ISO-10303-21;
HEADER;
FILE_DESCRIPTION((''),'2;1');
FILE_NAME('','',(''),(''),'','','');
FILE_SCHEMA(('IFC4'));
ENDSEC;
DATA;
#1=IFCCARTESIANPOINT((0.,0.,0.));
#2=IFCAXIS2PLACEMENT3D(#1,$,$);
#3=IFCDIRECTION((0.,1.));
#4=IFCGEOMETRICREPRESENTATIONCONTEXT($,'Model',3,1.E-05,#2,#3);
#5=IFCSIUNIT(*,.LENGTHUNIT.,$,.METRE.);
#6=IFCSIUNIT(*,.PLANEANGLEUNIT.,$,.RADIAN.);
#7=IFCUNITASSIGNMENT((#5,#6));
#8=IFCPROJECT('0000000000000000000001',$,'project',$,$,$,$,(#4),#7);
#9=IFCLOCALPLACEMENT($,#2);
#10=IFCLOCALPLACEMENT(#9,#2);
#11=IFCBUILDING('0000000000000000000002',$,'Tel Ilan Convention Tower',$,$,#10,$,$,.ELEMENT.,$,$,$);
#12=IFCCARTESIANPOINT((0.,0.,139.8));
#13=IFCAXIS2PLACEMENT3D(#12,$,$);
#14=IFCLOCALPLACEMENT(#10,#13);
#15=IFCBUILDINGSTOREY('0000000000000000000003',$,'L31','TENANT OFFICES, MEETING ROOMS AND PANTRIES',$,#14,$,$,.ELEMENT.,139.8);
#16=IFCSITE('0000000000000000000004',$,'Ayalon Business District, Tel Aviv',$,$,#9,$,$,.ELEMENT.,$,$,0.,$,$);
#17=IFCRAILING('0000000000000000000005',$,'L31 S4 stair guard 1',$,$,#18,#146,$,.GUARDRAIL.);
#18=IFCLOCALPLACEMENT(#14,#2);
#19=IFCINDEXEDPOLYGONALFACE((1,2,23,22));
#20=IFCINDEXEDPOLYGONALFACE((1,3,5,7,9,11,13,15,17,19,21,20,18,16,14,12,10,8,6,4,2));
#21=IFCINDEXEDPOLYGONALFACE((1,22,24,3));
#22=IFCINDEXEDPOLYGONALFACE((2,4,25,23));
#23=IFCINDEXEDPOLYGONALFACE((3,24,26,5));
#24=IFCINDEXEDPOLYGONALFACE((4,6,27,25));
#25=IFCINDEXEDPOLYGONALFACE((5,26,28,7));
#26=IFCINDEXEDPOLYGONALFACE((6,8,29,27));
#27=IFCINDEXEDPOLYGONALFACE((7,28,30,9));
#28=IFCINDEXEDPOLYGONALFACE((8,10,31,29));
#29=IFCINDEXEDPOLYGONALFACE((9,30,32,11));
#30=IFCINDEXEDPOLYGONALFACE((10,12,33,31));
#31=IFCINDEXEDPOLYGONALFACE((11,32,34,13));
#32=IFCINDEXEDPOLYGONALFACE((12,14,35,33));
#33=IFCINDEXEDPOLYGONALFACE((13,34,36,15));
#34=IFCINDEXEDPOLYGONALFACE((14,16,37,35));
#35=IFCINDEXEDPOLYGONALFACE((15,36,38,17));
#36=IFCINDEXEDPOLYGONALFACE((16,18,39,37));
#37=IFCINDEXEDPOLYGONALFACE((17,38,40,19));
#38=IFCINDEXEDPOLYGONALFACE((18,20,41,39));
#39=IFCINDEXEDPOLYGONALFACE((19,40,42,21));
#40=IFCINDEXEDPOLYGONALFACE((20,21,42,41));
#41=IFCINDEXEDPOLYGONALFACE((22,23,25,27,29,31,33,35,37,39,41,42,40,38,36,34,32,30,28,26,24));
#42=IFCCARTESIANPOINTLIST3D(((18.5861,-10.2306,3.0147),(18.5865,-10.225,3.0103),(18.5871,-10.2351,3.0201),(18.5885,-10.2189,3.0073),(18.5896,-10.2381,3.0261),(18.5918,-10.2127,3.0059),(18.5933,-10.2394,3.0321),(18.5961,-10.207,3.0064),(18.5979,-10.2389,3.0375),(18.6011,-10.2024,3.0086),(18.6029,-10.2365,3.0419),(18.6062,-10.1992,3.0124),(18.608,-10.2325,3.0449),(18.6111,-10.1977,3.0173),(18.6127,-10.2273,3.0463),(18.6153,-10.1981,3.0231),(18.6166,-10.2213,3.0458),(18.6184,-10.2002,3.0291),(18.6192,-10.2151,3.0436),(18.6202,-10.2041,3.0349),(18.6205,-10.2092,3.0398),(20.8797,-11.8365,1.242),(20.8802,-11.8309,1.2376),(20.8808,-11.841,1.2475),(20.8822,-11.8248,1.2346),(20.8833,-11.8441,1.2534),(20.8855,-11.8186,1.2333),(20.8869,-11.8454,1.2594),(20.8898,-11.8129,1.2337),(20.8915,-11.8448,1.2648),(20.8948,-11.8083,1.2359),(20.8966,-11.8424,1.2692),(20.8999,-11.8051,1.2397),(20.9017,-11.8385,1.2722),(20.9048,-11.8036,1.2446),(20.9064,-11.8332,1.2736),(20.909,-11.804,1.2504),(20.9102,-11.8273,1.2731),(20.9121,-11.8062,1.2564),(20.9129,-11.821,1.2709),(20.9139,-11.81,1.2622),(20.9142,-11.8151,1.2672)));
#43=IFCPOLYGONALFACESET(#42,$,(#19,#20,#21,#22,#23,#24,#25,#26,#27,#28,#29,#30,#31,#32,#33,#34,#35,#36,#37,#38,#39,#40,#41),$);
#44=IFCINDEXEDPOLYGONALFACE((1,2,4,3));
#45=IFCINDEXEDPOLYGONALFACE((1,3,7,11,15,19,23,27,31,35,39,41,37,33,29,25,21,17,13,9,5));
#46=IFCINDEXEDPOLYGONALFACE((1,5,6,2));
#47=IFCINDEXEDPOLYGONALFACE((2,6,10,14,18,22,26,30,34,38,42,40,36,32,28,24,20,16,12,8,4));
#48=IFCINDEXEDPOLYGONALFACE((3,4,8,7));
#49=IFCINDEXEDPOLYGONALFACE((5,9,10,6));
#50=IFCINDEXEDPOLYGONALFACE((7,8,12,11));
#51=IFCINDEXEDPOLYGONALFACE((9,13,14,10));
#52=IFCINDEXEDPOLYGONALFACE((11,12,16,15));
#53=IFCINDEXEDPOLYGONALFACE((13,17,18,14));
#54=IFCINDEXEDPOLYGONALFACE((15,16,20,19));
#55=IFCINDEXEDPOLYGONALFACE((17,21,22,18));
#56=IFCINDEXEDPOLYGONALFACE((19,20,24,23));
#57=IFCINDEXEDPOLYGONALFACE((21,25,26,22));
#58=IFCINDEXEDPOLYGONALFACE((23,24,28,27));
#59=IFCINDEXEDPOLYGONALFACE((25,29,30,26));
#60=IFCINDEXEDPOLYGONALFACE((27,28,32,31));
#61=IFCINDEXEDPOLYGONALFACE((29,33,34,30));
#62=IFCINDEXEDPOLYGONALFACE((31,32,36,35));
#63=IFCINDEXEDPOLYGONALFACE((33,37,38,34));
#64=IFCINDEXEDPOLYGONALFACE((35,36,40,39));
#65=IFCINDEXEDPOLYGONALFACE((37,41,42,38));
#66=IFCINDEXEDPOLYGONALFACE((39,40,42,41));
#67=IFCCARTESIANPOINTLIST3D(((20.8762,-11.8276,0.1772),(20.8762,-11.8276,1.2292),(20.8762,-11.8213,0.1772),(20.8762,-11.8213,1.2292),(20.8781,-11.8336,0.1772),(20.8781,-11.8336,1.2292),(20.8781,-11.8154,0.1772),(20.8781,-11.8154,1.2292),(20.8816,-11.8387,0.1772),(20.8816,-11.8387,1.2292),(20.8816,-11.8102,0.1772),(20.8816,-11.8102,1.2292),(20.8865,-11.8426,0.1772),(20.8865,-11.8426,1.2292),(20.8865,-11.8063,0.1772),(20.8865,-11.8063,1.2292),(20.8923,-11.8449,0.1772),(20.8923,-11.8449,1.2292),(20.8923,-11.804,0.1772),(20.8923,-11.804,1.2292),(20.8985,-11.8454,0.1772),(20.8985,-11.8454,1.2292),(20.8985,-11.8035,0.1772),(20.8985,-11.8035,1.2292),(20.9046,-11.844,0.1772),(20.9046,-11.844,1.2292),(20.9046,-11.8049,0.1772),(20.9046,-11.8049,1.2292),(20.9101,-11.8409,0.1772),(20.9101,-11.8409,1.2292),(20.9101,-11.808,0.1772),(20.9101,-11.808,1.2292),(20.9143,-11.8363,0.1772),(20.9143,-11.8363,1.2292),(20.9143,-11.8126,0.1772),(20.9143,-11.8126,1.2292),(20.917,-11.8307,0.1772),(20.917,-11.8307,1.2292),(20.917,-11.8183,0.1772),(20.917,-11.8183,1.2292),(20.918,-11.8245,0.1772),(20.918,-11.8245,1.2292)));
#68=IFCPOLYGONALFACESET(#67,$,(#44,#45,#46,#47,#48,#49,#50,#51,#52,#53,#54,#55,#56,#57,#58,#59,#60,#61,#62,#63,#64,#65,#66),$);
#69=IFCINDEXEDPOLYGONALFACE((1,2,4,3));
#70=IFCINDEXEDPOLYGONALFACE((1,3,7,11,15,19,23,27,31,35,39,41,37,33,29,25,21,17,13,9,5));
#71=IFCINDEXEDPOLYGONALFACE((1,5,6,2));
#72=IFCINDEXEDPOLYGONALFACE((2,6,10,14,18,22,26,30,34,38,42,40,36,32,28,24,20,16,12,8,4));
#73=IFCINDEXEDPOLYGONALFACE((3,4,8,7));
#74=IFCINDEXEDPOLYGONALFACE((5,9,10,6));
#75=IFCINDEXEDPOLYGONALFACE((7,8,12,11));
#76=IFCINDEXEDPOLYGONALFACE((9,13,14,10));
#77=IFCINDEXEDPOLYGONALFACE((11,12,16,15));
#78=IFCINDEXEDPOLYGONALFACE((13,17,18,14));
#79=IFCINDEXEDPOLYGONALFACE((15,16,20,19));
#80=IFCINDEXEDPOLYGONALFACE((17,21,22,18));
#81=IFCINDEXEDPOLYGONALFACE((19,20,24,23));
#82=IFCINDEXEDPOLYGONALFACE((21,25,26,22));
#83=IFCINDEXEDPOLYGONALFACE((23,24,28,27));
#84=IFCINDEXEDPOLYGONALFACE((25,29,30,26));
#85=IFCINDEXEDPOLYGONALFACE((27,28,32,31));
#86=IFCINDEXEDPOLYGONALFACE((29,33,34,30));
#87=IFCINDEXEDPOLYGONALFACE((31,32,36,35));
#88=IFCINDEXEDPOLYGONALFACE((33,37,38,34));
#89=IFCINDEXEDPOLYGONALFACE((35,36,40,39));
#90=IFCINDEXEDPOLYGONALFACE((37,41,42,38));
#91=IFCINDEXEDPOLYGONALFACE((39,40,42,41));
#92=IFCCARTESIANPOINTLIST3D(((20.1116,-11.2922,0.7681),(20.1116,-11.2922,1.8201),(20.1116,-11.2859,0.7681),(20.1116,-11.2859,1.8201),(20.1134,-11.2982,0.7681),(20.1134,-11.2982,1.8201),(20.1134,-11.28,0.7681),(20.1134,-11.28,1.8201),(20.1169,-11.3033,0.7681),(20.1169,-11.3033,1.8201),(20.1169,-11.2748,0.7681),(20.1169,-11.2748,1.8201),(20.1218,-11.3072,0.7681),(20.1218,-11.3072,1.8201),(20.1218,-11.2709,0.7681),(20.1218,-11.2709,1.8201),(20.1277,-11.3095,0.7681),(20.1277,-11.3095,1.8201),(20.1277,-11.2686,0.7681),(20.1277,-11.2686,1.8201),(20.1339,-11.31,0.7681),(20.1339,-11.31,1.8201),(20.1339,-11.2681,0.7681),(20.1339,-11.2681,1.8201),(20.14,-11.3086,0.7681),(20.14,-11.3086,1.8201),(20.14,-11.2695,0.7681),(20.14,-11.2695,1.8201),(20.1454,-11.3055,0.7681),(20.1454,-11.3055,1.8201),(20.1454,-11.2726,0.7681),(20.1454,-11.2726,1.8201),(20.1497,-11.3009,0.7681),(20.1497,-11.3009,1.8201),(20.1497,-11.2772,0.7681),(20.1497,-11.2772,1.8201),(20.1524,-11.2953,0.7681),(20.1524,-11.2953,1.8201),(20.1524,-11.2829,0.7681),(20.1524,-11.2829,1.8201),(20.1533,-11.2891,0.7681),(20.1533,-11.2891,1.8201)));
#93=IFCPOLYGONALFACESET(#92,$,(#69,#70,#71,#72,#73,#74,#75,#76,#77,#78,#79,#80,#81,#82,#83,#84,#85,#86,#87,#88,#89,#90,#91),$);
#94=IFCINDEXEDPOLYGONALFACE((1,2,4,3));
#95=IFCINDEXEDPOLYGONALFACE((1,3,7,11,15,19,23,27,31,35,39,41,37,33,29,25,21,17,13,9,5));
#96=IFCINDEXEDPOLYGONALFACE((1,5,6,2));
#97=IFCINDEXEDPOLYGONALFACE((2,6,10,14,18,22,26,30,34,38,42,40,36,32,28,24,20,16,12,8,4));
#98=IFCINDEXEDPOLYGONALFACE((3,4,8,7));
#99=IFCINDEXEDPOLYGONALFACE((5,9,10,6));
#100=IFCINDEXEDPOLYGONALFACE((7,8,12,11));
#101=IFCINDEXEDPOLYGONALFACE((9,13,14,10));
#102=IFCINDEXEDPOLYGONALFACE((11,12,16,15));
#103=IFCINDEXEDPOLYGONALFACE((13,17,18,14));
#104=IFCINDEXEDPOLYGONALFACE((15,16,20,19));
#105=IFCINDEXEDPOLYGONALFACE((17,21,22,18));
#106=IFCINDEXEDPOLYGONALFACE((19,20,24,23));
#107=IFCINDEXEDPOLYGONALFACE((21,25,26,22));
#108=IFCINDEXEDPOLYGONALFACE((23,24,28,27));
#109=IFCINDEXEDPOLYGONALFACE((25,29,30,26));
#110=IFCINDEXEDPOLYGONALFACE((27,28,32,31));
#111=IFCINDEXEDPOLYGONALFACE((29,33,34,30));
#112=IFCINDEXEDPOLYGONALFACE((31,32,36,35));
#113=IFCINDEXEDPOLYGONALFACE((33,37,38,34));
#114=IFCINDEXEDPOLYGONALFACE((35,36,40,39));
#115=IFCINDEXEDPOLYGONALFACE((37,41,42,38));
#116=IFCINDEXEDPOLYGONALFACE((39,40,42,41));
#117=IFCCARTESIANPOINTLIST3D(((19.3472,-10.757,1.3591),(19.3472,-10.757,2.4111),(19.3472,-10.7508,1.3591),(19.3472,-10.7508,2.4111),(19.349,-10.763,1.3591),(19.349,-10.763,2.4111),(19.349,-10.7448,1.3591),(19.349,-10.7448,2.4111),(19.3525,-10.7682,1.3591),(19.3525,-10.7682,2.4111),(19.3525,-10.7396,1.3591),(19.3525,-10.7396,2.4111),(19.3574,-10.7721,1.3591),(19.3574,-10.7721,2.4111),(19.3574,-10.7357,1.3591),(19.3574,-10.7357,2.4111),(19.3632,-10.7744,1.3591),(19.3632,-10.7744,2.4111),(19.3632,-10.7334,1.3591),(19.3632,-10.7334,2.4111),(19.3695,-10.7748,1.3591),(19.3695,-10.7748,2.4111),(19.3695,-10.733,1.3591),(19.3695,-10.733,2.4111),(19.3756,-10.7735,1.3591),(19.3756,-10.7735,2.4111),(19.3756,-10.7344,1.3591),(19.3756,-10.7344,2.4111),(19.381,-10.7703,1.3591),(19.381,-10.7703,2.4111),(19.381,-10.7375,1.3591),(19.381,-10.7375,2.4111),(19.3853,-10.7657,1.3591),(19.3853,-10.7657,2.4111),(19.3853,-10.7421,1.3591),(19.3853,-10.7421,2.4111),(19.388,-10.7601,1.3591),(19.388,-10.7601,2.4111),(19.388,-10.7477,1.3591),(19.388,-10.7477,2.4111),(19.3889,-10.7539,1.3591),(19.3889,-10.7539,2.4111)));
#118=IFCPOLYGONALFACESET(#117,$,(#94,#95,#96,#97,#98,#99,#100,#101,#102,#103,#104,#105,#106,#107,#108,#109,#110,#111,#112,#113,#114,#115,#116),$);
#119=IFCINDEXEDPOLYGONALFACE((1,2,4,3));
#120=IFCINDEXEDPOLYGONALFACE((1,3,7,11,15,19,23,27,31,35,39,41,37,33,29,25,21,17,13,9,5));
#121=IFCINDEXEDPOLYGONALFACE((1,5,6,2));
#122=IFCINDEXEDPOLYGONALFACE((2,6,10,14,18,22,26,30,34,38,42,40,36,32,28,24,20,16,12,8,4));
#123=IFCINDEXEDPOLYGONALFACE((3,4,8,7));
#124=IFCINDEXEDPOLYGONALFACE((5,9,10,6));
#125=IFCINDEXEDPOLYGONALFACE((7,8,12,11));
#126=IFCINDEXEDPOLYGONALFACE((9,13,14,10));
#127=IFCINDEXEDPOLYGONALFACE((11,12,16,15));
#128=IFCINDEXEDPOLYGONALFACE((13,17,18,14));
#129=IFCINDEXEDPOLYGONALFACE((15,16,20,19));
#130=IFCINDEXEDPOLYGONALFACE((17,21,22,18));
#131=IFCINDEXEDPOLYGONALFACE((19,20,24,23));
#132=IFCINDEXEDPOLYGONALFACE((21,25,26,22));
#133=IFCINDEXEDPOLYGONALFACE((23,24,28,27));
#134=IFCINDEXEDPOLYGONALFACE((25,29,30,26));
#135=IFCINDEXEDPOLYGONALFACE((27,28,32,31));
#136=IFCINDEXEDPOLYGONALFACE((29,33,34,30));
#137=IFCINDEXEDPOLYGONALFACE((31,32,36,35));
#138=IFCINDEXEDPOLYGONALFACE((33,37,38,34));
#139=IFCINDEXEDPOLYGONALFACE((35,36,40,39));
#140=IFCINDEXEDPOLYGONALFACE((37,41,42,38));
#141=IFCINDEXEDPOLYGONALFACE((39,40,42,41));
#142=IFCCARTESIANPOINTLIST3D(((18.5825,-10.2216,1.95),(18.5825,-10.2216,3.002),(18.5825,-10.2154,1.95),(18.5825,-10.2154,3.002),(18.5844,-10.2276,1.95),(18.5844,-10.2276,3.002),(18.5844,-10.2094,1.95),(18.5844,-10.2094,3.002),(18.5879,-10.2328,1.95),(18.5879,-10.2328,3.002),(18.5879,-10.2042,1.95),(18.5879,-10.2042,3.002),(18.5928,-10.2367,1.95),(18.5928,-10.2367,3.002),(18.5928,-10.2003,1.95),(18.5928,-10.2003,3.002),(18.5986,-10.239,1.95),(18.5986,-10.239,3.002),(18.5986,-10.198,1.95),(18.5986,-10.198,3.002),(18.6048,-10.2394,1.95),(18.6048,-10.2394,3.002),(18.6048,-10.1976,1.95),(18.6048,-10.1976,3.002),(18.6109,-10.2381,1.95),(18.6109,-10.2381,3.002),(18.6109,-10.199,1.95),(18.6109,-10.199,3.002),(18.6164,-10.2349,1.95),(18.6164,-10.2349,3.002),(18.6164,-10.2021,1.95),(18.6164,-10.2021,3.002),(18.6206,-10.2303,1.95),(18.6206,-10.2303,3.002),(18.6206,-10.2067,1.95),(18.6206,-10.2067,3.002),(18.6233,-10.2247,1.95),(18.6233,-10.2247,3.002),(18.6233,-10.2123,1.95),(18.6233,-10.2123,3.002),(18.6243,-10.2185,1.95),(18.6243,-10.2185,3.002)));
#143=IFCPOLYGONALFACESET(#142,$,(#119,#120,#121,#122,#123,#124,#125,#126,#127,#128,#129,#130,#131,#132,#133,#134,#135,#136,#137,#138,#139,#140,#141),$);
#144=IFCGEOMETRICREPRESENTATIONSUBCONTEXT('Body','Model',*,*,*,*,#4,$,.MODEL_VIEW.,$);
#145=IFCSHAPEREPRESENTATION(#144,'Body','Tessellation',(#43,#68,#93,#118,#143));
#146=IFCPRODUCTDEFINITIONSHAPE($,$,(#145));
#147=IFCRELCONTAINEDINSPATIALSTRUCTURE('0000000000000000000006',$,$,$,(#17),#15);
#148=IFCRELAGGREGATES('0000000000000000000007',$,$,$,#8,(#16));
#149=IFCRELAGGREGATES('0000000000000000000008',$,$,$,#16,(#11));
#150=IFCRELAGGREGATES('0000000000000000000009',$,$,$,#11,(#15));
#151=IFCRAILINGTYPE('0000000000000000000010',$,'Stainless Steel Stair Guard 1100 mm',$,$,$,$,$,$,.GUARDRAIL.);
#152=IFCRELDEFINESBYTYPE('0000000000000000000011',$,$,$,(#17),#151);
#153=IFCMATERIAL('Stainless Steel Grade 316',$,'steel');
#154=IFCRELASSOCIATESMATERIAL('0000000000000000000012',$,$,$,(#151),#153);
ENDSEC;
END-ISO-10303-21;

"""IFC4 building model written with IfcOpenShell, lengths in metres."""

from ifc_helpers import new_model, si_unit, direction, frame, origin, origin_2d, place, context, subcontext, project, spatial, circle, extrude, material, type_object, element, save


model = new_model("IFC4")

# Units and contexts
model_context = context("Model", 3, precision=1e-05, world=origin(), true_north=direction((0.0, 1.0)))
body_context = subcontext(model_context, "Body", "Model", "MODEL_VIEW")
ifc_project = project(units=[si_unit("LENGTHUNIT", "METRE"), si_unit("PLANEANGLEUNIT", "RADIAN")], contexts=[model_context])

# Site, building, storey
site_placement = place(None, origin())
site = spatial("IfcSite", under=ifc_project, at=site_placement, Name="Ayalon Business District, Tel Aviv", CompositionType="ELEMENT", RefElevation=0.0)
building_placement = place(site_placement, origin())
building = spatial("IfcBuilding", under=site, at=building_placement, Name="Tel Ilan Convention Tower", CompositionType="ELEMENT")
storey_placement = place(building_placement, frame((0.0, 0.0, 139.8)))
storey = spatial("IfcBuildingStorey", under=building, at=storey_placement, Name="L31", Description="TENANT OFFICES, MEETING ROOMS AND PANTRIES", CompositionType="ELEMENT", Elevation=139.8)

# Railing
ifc_material_1 = material(Name="Stainless Steel Grade 316", Category="steel")
railing_type_1 = type_object("IfcRailingType", Name="Stainless Steel Stair Guard 1100 mm", PredefinedType="GUARDRAIL", material=ifc_material_1)
railing_1_placement = place(storey_placement, frame((20.897, -11.8245, 0.1772)))
element("IfcRailing", 1, at=railing_1_placement, inside=storey, type_object=railing_type_1, Name="L31 S4 stair guard 1", PredefinedType="GUARDRAIL", context=body_context, shape_type="SweptSolid", body=[
    extrude(circle(Radius=0.0239, at=origin_2d()), frame((0.0, 0.0, 1.0762), z_axis=(-0.692123, 0.484597, 0.534913), x_axis=(-0.57355, -0.81917, 0.0)), (0.0, 0.0, 1.0), 3.314),
    extrude(circle(Radius=0.021, at=origin_2d()), origin(), (0.0, 0.0, 1.0), 1.052),
    extrude(circle(Radius=0.021, at=origin_2d()), frame((-0.7646, 0.5354, 0.5908)), (0.0, 0.0, 1.0), 1.052),
    extrude(circle(Radius=0.021, at=origin_2d()), frame((-1.5291, 1.0706, 1.1819)), (0.0, 0.0, 1.0), 1.052),
    extrude(circle(Radius=0.021, at=origin_2d()), frame((-2.2937, 1.606, 1.7727)), (0.0, 0.0, 1.0), 1.052),
])

save(model, "model.ifc")
